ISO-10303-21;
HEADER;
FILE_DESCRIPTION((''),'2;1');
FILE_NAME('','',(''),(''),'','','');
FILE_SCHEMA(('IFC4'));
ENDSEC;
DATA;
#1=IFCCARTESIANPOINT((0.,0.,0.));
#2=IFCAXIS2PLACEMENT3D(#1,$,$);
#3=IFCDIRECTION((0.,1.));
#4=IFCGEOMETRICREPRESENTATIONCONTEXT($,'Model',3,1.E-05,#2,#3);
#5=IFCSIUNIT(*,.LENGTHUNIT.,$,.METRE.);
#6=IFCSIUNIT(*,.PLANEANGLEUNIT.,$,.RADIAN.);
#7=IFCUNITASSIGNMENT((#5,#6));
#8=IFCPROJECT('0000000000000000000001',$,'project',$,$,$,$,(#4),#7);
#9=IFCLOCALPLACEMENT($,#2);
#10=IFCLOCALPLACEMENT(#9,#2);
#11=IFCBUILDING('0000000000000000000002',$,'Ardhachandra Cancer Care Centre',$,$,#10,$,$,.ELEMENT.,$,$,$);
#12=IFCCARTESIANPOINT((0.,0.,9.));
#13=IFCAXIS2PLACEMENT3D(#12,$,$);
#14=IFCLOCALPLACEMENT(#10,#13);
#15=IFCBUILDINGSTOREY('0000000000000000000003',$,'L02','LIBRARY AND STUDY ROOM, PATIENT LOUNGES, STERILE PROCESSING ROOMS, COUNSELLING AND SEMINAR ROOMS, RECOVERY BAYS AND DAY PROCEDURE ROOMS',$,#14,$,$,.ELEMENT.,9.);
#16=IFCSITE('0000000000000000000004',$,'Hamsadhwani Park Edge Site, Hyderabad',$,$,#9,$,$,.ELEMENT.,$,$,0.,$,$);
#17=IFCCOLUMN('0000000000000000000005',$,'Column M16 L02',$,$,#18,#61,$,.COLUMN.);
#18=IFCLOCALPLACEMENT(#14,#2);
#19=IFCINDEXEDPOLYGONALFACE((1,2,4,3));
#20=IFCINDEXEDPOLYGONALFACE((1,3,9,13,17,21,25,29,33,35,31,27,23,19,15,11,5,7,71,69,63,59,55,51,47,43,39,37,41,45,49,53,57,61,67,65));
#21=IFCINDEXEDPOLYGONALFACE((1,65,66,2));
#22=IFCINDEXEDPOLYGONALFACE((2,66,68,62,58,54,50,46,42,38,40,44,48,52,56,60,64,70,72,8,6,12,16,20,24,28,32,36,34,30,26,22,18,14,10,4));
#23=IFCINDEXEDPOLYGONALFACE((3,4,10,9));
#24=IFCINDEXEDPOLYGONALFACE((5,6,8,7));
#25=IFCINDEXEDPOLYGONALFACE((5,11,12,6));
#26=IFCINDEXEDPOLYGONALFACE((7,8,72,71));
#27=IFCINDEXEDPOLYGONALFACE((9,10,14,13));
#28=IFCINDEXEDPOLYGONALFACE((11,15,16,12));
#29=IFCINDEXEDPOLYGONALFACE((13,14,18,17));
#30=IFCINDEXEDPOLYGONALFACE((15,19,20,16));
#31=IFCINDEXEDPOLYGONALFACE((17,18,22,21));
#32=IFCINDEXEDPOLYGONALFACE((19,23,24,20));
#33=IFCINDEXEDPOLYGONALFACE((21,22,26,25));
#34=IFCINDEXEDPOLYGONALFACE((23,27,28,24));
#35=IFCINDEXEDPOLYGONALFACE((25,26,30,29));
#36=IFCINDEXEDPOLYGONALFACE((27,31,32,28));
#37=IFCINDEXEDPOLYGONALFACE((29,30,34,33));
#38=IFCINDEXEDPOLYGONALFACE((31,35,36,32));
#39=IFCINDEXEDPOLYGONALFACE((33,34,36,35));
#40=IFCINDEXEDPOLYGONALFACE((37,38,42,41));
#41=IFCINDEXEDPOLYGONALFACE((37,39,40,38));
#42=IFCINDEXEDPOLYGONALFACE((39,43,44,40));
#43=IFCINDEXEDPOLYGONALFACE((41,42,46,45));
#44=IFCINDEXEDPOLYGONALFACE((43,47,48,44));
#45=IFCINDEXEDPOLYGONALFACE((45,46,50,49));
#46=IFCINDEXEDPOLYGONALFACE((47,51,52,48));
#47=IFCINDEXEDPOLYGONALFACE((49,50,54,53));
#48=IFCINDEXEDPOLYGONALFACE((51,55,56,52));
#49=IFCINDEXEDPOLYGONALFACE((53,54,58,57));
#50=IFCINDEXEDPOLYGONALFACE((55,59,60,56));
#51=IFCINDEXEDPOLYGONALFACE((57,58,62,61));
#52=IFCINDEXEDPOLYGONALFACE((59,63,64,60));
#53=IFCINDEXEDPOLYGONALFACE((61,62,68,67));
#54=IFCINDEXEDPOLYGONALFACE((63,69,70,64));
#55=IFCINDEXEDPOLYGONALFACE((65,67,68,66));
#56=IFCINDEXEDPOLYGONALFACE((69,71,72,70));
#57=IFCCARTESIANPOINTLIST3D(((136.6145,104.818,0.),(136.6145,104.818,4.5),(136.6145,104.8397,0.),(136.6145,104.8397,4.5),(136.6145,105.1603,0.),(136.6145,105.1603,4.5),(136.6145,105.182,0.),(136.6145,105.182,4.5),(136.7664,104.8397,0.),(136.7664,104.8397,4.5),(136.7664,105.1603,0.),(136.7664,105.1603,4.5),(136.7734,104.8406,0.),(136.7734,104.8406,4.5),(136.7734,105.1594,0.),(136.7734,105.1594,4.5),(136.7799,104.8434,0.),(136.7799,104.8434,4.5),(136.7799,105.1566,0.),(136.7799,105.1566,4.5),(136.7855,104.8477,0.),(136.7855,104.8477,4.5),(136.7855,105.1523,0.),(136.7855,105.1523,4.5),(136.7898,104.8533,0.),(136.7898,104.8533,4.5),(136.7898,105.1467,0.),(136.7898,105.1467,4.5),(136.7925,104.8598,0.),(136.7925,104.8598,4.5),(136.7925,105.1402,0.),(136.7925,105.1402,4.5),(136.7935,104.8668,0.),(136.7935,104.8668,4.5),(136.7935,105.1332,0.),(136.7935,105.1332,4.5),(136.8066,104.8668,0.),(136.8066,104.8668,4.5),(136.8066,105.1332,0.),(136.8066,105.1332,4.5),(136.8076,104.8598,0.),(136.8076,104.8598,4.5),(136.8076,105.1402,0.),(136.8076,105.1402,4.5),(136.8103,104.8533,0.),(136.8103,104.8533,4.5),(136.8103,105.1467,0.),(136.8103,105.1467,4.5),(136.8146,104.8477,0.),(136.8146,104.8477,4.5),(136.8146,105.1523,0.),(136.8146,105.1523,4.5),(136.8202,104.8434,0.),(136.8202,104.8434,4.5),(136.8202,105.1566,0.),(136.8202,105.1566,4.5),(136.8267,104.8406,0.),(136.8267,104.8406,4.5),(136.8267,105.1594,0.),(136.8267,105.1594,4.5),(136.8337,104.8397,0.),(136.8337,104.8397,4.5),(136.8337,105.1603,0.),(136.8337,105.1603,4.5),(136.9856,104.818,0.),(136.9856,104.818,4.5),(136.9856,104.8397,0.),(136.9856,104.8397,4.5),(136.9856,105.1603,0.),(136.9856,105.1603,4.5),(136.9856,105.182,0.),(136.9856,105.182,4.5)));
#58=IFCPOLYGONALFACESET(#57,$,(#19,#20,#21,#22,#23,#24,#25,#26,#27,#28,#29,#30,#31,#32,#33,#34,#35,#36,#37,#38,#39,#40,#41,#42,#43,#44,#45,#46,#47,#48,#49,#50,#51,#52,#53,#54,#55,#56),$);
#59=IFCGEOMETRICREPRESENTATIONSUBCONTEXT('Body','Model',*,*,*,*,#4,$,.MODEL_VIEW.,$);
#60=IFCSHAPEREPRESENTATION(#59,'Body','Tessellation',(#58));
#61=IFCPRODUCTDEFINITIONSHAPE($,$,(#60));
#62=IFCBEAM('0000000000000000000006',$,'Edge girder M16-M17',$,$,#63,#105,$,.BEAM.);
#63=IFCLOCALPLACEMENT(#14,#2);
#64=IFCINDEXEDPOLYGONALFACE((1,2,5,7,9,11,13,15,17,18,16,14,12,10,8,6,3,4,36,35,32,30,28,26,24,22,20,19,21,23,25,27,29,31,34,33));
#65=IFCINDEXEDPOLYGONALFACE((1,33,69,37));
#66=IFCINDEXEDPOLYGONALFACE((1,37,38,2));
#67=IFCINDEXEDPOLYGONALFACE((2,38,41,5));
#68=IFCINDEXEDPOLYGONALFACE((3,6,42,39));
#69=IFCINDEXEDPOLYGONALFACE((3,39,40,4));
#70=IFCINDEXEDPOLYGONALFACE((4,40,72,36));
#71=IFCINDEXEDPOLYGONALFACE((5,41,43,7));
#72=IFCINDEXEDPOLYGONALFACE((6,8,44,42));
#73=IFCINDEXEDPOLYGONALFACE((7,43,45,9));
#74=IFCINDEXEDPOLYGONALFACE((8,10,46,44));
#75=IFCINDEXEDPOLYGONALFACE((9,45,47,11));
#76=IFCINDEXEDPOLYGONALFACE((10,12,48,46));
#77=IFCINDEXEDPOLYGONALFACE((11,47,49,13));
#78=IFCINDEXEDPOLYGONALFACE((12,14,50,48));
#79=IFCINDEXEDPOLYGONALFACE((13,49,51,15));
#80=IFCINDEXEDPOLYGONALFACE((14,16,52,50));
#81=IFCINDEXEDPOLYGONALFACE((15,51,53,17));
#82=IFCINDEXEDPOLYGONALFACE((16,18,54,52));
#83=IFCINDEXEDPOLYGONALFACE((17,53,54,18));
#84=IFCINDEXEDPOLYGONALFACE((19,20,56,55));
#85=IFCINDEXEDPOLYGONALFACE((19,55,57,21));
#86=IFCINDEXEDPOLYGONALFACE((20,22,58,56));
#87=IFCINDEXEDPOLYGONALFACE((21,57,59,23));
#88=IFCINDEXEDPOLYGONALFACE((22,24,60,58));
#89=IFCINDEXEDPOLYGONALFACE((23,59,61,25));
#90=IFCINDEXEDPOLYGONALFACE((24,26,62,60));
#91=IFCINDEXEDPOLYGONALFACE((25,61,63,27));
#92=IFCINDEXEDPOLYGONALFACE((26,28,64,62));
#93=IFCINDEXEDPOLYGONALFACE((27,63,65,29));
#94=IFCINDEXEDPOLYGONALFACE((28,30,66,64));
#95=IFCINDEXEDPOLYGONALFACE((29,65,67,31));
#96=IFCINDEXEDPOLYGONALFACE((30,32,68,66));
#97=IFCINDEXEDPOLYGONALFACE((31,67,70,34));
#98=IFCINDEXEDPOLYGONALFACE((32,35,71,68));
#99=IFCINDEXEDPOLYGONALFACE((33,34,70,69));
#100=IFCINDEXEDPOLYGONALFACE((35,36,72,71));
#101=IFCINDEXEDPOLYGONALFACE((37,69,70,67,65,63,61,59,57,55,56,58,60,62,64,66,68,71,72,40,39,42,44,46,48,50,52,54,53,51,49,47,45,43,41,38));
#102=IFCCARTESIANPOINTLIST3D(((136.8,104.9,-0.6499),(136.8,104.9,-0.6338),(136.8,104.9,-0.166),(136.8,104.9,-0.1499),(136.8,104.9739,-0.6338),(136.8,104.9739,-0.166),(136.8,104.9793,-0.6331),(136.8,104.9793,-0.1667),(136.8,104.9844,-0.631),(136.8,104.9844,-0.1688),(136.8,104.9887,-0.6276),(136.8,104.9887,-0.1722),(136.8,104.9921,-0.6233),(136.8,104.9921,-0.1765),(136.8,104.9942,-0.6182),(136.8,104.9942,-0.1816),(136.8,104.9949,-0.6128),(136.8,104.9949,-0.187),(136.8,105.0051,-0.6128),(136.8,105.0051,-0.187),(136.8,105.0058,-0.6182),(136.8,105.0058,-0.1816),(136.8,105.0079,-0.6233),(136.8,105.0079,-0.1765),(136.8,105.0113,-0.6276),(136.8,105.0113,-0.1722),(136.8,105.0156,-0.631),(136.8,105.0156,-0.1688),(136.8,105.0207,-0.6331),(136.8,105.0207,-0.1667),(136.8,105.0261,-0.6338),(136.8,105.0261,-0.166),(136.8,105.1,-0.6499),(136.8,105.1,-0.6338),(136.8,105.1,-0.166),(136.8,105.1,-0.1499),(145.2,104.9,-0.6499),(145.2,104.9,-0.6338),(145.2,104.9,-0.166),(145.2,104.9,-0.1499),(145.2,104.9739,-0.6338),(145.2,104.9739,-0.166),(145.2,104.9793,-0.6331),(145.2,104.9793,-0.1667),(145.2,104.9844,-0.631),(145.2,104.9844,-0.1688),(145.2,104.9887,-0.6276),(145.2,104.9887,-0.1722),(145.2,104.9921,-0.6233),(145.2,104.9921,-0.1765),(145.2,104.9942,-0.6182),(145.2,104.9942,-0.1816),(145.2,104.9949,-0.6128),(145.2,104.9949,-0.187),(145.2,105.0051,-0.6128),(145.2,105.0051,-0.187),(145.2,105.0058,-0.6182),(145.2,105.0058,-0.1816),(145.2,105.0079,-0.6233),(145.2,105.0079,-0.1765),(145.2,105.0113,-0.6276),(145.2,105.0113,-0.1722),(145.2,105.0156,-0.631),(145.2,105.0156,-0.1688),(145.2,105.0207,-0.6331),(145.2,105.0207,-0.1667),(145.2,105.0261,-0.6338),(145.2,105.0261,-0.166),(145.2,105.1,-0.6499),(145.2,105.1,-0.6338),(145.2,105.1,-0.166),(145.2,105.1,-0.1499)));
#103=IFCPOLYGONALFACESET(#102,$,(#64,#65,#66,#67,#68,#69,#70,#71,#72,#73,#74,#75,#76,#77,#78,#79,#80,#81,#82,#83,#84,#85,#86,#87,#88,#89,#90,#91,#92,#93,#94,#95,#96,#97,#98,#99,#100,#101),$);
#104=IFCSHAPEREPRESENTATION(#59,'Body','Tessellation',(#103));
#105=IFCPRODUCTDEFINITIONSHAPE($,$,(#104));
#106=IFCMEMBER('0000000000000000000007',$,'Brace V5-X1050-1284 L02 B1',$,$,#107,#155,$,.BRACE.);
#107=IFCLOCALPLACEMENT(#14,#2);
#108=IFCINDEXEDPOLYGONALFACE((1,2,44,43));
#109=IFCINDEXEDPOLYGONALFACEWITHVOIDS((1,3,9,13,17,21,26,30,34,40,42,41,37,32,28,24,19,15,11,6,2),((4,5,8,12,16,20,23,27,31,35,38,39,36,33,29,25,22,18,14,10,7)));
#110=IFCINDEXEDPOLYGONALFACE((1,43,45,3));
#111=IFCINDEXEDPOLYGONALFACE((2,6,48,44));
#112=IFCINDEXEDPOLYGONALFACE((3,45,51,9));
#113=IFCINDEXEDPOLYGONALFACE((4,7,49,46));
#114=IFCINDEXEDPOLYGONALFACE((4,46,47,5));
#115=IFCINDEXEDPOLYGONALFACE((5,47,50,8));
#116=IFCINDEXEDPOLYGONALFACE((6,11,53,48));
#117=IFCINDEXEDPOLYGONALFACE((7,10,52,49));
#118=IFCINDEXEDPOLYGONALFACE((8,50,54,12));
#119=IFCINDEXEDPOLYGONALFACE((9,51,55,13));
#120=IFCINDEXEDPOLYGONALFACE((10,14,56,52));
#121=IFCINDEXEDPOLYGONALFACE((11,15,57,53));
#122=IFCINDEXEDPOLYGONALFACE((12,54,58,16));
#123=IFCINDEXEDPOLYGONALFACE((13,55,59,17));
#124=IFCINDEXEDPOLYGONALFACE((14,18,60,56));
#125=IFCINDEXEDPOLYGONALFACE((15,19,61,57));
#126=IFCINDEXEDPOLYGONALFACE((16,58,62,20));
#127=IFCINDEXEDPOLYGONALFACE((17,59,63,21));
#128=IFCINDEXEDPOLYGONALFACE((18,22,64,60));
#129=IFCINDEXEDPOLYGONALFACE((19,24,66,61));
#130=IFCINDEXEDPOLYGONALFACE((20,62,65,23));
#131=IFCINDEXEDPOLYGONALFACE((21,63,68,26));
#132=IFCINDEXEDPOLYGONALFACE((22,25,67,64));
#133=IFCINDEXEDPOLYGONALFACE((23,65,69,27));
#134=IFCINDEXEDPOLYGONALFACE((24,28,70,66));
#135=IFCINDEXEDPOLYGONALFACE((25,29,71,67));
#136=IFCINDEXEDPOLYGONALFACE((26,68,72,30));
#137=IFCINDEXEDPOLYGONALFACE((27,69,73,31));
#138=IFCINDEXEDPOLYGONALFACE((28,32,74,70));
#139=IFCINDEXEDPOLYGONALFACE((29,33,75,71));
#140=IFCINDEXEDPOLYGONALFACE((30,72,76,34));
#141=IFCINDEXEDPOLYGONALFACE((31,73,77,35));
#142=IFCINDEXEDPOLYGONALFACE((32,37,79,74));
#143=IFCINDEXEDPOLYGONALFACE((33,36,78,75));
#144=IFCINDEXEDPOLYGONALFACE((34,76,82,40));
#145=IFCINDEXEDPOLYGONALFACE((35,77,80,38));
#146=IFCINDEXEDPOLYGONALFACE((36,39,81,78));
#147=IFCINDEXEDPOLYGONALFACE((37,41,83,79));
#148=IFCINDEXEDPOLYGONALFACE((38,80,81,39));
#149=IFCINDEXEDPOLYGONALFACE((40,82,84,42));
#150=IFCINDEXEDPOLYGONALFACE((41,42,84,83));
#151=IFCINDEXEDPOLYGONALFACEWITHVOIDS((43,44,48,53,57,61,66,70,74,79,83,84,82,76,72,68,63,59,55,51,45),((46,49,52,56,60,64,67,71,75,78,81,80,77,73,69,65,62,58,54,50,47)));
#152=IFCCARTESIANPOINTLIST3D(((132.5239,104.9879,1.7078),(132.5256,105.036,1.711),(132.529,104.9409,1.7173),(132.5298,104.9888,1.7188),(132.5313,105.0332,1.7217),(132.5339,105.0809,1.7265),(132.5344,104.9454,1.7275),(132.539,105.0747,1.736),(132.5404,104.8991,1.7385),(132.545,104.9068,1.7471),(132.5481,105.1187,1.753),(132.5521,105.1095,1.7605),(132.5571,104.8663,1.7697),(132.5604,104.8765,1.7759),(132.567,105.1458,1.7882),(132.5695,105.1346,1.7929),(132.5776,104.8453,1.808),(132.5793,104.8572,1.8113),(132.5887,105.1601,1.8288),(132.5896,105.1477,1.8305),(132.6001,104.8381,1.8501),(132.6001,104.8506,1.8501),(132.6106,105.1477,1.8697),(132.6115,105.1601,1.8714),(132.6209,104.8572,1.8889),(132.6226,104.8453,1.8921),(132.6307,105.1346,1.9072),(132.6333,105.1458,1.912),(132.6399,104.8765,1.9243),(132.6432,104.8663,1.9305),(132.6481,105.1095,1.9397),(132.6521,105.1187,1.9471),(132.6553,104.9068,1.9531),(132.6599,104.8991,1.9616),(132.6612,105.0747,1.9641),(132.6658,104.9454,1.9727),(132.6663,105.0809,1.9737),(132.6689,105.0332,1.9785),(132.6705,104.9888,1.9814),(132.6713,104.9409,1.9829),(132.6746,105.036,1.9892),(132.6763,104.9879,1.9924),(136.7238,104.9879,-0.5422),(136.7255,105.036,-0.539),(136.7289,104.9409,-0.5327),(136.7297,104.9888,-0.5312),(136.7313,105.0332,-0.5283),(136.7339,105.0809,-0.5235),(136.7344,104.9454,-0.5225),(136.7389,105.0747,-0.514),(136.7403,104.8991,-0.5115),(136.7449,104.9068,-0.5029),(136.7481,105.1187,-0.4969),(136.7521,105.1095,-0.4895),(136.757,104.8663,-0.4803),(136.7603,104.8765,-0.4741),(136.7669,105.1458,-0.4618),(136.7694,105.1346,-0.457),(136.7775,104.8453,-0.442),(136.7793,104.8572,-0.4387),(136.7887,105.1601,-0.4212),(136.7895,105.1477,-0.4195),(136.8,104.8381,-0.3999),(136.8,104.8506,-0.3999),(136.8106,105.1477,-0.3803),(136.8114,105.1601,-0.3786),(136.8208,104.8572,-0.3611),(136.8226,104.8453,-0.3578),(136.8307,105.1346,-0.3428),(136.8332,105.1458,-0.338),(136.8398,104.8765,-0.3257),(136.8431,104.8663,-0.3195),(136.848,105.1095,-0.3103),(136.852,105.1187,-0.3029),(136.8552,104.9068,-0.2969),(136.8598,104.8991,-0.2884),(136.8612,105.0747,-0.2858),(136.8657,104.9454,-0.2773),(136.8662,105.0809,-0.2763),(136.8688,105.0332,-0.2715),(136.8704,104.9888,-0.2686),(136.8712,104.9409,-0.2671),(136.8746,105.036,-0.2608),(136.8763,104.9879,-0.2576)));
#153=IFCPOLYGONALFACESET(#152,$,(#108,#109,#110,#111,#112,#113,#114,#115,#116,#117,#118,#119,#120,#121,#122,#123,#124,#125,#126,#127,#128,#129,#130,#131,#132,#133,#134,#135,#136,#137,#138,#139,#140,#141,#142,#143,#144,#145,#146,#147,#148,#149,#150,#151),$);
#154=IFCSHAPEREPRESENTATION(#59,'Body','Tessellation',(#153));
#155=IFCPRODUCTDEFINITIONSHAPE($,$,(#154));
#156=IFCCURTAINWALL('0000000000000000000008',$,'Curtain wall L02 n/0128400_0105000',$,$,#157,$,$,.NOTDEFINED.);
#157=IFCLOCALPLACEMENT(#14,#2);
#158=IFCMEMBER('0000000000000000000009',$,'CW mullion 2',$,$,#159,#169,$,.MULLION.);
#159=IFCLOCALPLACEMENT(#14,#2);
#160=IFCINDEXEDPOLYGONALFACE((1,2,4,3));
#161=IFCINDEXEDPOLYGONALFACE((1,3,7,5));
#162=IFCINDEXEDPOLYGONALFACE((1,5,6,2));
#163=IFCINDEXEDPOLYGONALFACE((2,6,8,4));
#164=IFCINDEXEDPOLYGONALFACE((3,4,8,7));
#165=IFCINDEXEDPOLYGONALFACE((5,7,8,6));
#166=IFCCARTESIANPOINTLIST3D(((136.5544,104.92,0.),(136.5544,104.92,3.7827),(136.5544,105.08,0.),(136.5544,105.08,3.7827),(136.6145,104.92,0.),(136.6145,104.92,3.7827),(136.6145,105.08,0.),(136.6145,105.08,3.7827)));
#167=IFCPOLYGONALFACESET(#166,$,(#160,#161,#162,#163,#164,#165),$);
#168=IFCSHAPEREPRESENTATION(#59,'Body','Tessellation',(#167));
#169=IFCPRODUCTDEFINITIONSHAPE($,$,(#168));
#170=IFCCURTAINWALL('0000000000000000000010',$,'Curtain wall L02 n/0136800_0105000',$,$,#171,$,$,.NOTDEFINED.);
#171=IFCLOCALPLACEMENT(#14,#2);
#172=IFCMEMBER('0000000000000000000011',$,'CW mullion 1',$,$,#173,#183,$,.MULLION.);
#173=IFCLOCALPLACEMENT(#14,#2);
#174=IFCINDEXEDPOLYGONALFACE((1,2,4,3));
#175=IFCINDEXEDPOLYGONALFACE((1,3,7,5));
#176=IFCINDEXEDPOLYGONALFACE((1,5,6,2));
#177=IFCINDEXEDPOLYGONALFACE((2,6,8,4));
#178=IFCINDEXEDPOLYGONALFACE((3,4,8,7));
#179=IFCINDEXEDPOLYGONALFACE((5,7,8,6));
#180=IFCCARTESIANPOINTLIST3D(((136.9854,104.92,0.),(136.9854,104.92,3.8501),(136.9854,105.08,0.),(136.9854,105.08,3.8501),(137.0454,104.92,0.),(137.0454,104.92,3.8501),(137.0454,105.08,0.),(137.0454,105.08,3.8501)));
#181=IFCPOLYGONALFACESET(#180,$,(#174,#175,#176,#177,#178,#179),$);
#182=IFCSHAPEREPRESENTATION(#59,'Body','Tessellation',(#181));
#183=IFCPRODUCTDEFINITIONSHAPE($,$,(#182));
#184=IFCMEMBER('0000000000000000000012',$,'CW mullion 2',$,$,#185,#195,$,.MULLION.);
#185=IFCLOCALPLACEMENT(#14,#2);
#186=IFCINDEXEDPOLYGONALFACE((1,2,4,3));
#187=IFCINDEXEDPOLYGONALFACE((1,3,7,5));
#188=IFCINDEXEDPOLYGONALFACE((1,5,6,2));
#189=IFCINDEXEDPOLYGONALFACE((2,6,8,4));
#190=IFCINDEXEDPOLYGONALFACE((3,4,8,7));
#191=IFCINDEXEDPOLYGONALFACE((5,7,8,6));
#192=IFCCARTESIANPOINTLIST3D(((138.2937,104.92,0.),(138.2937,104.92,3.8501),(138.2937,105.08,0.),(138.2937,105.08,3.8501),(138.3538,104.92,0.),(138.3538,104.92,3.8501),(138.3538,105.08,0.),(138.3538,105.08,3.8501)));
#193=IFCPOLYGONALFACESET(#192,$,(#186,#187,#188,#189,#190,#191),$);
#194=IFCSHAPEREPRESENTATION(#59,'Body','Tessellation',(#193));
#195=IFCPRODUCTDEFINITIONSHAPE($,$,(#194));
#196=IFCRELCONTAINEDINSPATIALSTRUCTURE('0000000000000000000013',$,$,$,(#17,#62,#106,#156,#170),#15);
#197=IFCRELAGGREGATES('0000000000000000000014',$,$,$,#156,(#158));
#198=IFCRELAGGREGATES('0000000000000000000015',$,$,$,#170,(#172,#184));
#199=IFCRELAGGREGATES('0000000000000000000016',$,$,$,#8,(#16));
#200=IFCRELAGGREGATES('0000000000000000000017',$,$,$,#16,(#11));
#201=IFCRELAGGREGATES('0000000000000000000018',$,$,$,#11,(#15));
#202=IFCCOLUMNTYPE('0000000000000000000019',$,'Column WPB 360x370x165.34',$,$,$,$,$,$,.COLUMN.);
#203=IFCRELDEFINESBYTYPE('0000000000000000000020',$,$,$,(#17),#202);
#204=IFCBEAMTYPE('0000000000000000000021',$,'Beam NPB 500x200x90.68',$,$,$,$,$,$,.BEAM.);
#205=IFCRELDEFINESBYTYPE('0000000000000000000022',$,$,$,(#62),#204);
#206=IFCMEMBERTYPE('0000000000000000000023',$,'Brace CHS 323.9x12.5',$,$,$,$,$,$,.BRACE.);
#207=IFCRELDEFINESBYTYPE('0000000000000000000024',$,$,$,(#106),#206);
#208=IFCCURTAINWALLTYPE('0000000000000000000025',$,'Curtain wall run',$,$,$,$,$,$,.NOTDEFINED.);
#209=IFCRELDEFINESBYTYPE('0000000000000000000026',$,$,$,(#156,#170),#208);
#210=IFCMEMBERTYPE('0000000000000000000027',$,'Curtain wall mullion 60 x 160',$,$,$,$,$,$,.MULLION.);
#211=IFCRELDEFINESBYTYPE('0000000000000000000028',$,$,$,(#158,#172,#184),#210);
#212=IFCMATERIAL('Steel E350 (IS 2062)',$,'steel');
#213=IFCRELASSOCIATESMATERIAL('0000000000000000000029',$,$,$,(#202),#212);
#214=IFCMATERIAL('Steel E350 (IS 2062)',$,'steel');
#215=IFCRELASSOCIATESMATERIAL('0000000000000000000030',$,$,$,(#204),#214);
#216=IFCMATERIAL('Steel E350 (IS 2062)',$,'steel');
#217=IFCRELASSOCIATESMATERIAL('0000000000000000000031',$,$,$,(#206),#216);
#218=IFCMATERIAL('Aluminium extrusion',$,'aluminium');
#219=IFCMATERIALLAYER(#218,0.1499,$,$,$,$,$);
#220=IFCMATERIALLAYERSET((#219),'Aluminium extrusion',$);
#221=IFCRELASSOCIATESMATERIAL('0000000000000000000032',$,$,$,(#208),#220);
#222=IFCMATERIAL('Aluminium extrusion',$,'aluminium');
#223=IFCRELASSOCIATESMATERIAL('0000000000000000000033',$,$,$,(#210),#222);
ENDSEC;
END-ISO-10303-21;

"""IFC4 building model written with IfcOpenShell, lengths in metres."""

from ifc_helpers import new_model, si_unit, direction, frame, origin, origin_2d, place, context, subcontext, project, spatial, rectangle, hollow_circle, i_section, extrude, material, layer, layer_set, material_profile, profile_set, type_object, element, aggregate, save


model = new_model("IFC4")

# Units and contexts
model_context = context("Model", 3, precision=1e-05, world=origin(), true_north=direction((0.0, 1.0)))
body_context = subcontext(model_context, "Body", "Model", "MODEL_VIEW")
ifc_project = project(units=[si_unit("LENGTHUNIT", "METRE"), si_unit("PLANEANGLEUNIT", "RADIAN")], contexts=[model_context])

# Site, building, storey
site_placement = place(None, origin())
site = spatial("IfcSite", under=ifc_project, at=site_placement, Name="Hamsadhwani Park Edge Site, Hyderabad", CompositionType="ELEMENT", RefElevation=0.0)
building_placement = place(site_placement, origin())
building = spatial("IfcBuilding", under=site, at=building_placement, Name="Ardhachandra Cancer Care Centre", CompositionType="ELEMENT")
storey_placement = place(building_placement, frame((0.0, 0.0, 9.0)))
storey = spatial("IfcBuildingStorey", under=building, at=storey_placement, Name="L02", Description="LIBRARY AND STUDY ROOM, PATIENT LOUNGES, STERILE PROCESSING ROOMS, COUNSELLING AND SEMINAR ROOMS, RECOVERY BAYS AND DAY PROCEDURE ROOMS", CompositionType="ELEMENT", Elevation=9.0)

# Column
ifc_material_1 = material(Name="Steel E350 (IS 2062)", Category="steel")
ifc_material_profile_1 = material_profile(ifc_material_1, i_section(OverallWidth=0.3711, OverallDepth=0.364, WebThickness=0.0132, FlangeThickness=0.0217, FilletRadius=0.0271, at=origin_2d()), Name="WPB 360x370x165.34")
ifc_profile_set_1 = profile_set([ifc_material_profile_1], Name="Steel E350 (IS 2062)")
column_type = type_object("IfcColumnType", Name="Column WPB 360x370x165.34", PredefinedType="COLUMN", material=ifc_profile_set_1)
column_placement = place(storey_placement, frame((136.8, 105.0, 0.0), z_axis=(0.0, 0.0, 1.0), x_axis=(1.0, 0.0, 0.0)))
element("IfcColumn", 1, at=column_placement, inside=storey, type_object=column_type, Name="Column M16 L02", PredefinedType="COLUMN", context=body_context, shape_type="SweptSolid", body=[
    extrude(i_section(OverallWidth=0.3711, OverallDepth=0.364, WebThickness=0.0132, FlangeThickness=0.0217, FilletRadius=0.0271, at=origin_2d()), origin(), (0.0, 0.0, 1.0), 4.5),
])

# Beam
ifc_material_2 = material(Name="Steel E350 (IS 2062)", Category="steel")
ifc_material_profile_2 = material_profile(ifc_material_2, i_section(OverallWidth=0.2, OverallDepth=0.5, WebThickness=0.0103, FlangeThickness=0.0161, FilletRadius=0.021, at=origin_2d()), Name="NPB 500x200x90.68")
ifc_profile_set_2 = profile_set([ifc_material_profile_2], Name="Steel E350 (IS 2062)")
beam_type = type_object("IfcBeamType", Name="Beam NPB 500x200x90.68", PredefinedType="BEAM", material=ifc_profile_set_2)
beam_placement = place(storey_placement, frame((136.8, 105.0, -0.3999), z_axis=(1.0, 0.0, 0.0), x_axis=(0.0, 1.0, 0.0)))
element("IfcBeam", 2, at=beam_placement, inside=storey, type_object=beam_type, Name="Edge girder M16-M17", PredefinedType="BEAM", context=body_context, shape_type="SweptSolid", body=[
    extrude(i_section(OverallWidth=0.2, OverallDepth=0.5, WebThickness=0.0103, FlangeThickness=0.0161, FilletRadius=0.021, at=origin_2d()), origin(), (0.0, 0.0, 1.0), 8.3999),
])

# Member
ifc_material_3 = material(Name="Steel E350 (IS 2062)", Category="steel")
ifc_material_profile_3 = material_profile(ifc_material_3, hollow_circle(Radius=0.1619, WallThickness=0.0125, at=origin_2d()), Name="CHS 323.9x12.5")
ifc_profile_set_3 = profile_set([ifc_material_profile_3], Name="Steel E350 (IS 2062)")
member_type_1 = type_object("IfcMemberType", Name="Brace CHS 323.9x12.5", PredefinedType="BRACE", material=ifc_profile_set_3)
member_1_placement = place(storey_placement, frame((136.8, 105.0, -0.3999), z_axis=(-0.881478, 0.0, 0.472226), x_axis=(0.0, -1.0, 0.0)))
element("IfcMember", 3, at=member_1_placement, inside=storey, type_object=member_type_1, Name="Brace V5-X1050-1284 L02 B1", PredefinedType="BRACE", context=body_context, shape_type="SweptSolid", body=[
    extrude(hollow_circle(Radius=0.1619, WallThickness=0.0125, at=origin_2d()), origin(), (0.0, 0.0, 1.0), 4.7646),
])

# Curtain wall, member
ifc_material_4 = material(Name="Aluminium extrusion", Category="aluminium")
ifc_layer_1 = layer(ifc_material_4, 0.1499)
ifc_layer_set_1 = layer_set([ifc_layer_1], Name="Aluminium extrusion")
curtain_wall_type = type_object("IfcCurtainWallType", Name="Curtain wall run", PredefinedType="NOTDEFINED", material=ifc_layer_set_1)
curtain_wall_1_placement = place(storey_placement, origin())
curtain_wall_1 = element("IfcCurtainWall", 4, at=curtain_wall_1_placement, inside=storey, type_object=curtain_wall_type, Name="Curtain wall L02 n/0128400_0105000", PredefinedType="NOTDEFINED")
ifc_material_5 = material(Name="Aluminium extrusion", Category="aluminium")
ifc_material_profile_4 = material_profile(ifc_material_5, rectangle(XDim=0.1599, YDim=0.0601, at=origin_2d()), Name="Curtain wall mullion 60 x 160")
ifc_profile_set_4 = profile_set([ifc_material_profile_4], Name="Aluminium extrusion")
member_type_2 = type_object("IfcMemberType", Name="Curtain wall mullion 60 x 160", PredefinedType="MULLION", material=ifc_profile_set_4)
member_2_placement = place(storey_placement, frame((136.5845, 105.0, 0.0), z_axis=(0.0, 0.0, 1.0), x_axis=(0.0, 1.0, 0.0)))
member_2 = element("IfcMember", 5, at=member_2_placement, type_object=member_type_2, Name="CW mullion 2", PredefinedType="MULLION", context=body_context, shape_type="SweptSolid", body=[
    extrude(rectangle(XDim=0.1599, YDim=0.0601, at=origin_2d()), origin(), (0.0, 0.0, 1.0), 3.7827),
])

# Curtain wall, members
curtain_wall_2_placement = place(storey_placement, origin())
curtain_wall_2 = element("IfcCurtainWall", 6, at=curtain_wall_2_placement, inside=storey, type_object=curtain_wall_type, Name="Curtain wall L02 n/0136800_0105000", PredefinedType="NOTDEFINED")
member_3_placement = place(storey_placement, frame((137.0154, 105.0, 0.0), z_axis=(0.0, 0.0, 1.0), x_axis=(0.0, 1.0, 0.0)))
member_3 = element("IfcMember", 7, at=member_3_placement, type_object=member_type_2, Name="CW mullion 1", PredefinedType="MULLION", context=body_context, shape_type="SweptSolid", body=[
    extrude(rectangle(XDim=0.1599, YDim=0.0601, at=origin_2d()), origin(), (0.0, 0.0, 1.0), 3.8501),
])
member_4_placement = place(storey_placement, frame((138.3237, 105.0, 0.0), z_axis=(0.0, 0.0, 1.0), x_axis=(0.0, 1.0, 0.0)))
member_4 = element("IfcMember", 8, at=member_4_placement, type_object=member_type_2, Name="CW mullion 2", PredefinedType="MULLION", context=body_context, shape_type="SweptSolid", body=[
    extrude(rectangle(XDim=0.1599, YDim=0.0601, at=origin_2d()), origin(), (0.0, 0.0, 1.0), 3.8501),
])

aggregate(curtain_wall_1, [member_2])
aggregate(curtain_wall_2, [member_3, member_4])

save(model, "model.ifc")
